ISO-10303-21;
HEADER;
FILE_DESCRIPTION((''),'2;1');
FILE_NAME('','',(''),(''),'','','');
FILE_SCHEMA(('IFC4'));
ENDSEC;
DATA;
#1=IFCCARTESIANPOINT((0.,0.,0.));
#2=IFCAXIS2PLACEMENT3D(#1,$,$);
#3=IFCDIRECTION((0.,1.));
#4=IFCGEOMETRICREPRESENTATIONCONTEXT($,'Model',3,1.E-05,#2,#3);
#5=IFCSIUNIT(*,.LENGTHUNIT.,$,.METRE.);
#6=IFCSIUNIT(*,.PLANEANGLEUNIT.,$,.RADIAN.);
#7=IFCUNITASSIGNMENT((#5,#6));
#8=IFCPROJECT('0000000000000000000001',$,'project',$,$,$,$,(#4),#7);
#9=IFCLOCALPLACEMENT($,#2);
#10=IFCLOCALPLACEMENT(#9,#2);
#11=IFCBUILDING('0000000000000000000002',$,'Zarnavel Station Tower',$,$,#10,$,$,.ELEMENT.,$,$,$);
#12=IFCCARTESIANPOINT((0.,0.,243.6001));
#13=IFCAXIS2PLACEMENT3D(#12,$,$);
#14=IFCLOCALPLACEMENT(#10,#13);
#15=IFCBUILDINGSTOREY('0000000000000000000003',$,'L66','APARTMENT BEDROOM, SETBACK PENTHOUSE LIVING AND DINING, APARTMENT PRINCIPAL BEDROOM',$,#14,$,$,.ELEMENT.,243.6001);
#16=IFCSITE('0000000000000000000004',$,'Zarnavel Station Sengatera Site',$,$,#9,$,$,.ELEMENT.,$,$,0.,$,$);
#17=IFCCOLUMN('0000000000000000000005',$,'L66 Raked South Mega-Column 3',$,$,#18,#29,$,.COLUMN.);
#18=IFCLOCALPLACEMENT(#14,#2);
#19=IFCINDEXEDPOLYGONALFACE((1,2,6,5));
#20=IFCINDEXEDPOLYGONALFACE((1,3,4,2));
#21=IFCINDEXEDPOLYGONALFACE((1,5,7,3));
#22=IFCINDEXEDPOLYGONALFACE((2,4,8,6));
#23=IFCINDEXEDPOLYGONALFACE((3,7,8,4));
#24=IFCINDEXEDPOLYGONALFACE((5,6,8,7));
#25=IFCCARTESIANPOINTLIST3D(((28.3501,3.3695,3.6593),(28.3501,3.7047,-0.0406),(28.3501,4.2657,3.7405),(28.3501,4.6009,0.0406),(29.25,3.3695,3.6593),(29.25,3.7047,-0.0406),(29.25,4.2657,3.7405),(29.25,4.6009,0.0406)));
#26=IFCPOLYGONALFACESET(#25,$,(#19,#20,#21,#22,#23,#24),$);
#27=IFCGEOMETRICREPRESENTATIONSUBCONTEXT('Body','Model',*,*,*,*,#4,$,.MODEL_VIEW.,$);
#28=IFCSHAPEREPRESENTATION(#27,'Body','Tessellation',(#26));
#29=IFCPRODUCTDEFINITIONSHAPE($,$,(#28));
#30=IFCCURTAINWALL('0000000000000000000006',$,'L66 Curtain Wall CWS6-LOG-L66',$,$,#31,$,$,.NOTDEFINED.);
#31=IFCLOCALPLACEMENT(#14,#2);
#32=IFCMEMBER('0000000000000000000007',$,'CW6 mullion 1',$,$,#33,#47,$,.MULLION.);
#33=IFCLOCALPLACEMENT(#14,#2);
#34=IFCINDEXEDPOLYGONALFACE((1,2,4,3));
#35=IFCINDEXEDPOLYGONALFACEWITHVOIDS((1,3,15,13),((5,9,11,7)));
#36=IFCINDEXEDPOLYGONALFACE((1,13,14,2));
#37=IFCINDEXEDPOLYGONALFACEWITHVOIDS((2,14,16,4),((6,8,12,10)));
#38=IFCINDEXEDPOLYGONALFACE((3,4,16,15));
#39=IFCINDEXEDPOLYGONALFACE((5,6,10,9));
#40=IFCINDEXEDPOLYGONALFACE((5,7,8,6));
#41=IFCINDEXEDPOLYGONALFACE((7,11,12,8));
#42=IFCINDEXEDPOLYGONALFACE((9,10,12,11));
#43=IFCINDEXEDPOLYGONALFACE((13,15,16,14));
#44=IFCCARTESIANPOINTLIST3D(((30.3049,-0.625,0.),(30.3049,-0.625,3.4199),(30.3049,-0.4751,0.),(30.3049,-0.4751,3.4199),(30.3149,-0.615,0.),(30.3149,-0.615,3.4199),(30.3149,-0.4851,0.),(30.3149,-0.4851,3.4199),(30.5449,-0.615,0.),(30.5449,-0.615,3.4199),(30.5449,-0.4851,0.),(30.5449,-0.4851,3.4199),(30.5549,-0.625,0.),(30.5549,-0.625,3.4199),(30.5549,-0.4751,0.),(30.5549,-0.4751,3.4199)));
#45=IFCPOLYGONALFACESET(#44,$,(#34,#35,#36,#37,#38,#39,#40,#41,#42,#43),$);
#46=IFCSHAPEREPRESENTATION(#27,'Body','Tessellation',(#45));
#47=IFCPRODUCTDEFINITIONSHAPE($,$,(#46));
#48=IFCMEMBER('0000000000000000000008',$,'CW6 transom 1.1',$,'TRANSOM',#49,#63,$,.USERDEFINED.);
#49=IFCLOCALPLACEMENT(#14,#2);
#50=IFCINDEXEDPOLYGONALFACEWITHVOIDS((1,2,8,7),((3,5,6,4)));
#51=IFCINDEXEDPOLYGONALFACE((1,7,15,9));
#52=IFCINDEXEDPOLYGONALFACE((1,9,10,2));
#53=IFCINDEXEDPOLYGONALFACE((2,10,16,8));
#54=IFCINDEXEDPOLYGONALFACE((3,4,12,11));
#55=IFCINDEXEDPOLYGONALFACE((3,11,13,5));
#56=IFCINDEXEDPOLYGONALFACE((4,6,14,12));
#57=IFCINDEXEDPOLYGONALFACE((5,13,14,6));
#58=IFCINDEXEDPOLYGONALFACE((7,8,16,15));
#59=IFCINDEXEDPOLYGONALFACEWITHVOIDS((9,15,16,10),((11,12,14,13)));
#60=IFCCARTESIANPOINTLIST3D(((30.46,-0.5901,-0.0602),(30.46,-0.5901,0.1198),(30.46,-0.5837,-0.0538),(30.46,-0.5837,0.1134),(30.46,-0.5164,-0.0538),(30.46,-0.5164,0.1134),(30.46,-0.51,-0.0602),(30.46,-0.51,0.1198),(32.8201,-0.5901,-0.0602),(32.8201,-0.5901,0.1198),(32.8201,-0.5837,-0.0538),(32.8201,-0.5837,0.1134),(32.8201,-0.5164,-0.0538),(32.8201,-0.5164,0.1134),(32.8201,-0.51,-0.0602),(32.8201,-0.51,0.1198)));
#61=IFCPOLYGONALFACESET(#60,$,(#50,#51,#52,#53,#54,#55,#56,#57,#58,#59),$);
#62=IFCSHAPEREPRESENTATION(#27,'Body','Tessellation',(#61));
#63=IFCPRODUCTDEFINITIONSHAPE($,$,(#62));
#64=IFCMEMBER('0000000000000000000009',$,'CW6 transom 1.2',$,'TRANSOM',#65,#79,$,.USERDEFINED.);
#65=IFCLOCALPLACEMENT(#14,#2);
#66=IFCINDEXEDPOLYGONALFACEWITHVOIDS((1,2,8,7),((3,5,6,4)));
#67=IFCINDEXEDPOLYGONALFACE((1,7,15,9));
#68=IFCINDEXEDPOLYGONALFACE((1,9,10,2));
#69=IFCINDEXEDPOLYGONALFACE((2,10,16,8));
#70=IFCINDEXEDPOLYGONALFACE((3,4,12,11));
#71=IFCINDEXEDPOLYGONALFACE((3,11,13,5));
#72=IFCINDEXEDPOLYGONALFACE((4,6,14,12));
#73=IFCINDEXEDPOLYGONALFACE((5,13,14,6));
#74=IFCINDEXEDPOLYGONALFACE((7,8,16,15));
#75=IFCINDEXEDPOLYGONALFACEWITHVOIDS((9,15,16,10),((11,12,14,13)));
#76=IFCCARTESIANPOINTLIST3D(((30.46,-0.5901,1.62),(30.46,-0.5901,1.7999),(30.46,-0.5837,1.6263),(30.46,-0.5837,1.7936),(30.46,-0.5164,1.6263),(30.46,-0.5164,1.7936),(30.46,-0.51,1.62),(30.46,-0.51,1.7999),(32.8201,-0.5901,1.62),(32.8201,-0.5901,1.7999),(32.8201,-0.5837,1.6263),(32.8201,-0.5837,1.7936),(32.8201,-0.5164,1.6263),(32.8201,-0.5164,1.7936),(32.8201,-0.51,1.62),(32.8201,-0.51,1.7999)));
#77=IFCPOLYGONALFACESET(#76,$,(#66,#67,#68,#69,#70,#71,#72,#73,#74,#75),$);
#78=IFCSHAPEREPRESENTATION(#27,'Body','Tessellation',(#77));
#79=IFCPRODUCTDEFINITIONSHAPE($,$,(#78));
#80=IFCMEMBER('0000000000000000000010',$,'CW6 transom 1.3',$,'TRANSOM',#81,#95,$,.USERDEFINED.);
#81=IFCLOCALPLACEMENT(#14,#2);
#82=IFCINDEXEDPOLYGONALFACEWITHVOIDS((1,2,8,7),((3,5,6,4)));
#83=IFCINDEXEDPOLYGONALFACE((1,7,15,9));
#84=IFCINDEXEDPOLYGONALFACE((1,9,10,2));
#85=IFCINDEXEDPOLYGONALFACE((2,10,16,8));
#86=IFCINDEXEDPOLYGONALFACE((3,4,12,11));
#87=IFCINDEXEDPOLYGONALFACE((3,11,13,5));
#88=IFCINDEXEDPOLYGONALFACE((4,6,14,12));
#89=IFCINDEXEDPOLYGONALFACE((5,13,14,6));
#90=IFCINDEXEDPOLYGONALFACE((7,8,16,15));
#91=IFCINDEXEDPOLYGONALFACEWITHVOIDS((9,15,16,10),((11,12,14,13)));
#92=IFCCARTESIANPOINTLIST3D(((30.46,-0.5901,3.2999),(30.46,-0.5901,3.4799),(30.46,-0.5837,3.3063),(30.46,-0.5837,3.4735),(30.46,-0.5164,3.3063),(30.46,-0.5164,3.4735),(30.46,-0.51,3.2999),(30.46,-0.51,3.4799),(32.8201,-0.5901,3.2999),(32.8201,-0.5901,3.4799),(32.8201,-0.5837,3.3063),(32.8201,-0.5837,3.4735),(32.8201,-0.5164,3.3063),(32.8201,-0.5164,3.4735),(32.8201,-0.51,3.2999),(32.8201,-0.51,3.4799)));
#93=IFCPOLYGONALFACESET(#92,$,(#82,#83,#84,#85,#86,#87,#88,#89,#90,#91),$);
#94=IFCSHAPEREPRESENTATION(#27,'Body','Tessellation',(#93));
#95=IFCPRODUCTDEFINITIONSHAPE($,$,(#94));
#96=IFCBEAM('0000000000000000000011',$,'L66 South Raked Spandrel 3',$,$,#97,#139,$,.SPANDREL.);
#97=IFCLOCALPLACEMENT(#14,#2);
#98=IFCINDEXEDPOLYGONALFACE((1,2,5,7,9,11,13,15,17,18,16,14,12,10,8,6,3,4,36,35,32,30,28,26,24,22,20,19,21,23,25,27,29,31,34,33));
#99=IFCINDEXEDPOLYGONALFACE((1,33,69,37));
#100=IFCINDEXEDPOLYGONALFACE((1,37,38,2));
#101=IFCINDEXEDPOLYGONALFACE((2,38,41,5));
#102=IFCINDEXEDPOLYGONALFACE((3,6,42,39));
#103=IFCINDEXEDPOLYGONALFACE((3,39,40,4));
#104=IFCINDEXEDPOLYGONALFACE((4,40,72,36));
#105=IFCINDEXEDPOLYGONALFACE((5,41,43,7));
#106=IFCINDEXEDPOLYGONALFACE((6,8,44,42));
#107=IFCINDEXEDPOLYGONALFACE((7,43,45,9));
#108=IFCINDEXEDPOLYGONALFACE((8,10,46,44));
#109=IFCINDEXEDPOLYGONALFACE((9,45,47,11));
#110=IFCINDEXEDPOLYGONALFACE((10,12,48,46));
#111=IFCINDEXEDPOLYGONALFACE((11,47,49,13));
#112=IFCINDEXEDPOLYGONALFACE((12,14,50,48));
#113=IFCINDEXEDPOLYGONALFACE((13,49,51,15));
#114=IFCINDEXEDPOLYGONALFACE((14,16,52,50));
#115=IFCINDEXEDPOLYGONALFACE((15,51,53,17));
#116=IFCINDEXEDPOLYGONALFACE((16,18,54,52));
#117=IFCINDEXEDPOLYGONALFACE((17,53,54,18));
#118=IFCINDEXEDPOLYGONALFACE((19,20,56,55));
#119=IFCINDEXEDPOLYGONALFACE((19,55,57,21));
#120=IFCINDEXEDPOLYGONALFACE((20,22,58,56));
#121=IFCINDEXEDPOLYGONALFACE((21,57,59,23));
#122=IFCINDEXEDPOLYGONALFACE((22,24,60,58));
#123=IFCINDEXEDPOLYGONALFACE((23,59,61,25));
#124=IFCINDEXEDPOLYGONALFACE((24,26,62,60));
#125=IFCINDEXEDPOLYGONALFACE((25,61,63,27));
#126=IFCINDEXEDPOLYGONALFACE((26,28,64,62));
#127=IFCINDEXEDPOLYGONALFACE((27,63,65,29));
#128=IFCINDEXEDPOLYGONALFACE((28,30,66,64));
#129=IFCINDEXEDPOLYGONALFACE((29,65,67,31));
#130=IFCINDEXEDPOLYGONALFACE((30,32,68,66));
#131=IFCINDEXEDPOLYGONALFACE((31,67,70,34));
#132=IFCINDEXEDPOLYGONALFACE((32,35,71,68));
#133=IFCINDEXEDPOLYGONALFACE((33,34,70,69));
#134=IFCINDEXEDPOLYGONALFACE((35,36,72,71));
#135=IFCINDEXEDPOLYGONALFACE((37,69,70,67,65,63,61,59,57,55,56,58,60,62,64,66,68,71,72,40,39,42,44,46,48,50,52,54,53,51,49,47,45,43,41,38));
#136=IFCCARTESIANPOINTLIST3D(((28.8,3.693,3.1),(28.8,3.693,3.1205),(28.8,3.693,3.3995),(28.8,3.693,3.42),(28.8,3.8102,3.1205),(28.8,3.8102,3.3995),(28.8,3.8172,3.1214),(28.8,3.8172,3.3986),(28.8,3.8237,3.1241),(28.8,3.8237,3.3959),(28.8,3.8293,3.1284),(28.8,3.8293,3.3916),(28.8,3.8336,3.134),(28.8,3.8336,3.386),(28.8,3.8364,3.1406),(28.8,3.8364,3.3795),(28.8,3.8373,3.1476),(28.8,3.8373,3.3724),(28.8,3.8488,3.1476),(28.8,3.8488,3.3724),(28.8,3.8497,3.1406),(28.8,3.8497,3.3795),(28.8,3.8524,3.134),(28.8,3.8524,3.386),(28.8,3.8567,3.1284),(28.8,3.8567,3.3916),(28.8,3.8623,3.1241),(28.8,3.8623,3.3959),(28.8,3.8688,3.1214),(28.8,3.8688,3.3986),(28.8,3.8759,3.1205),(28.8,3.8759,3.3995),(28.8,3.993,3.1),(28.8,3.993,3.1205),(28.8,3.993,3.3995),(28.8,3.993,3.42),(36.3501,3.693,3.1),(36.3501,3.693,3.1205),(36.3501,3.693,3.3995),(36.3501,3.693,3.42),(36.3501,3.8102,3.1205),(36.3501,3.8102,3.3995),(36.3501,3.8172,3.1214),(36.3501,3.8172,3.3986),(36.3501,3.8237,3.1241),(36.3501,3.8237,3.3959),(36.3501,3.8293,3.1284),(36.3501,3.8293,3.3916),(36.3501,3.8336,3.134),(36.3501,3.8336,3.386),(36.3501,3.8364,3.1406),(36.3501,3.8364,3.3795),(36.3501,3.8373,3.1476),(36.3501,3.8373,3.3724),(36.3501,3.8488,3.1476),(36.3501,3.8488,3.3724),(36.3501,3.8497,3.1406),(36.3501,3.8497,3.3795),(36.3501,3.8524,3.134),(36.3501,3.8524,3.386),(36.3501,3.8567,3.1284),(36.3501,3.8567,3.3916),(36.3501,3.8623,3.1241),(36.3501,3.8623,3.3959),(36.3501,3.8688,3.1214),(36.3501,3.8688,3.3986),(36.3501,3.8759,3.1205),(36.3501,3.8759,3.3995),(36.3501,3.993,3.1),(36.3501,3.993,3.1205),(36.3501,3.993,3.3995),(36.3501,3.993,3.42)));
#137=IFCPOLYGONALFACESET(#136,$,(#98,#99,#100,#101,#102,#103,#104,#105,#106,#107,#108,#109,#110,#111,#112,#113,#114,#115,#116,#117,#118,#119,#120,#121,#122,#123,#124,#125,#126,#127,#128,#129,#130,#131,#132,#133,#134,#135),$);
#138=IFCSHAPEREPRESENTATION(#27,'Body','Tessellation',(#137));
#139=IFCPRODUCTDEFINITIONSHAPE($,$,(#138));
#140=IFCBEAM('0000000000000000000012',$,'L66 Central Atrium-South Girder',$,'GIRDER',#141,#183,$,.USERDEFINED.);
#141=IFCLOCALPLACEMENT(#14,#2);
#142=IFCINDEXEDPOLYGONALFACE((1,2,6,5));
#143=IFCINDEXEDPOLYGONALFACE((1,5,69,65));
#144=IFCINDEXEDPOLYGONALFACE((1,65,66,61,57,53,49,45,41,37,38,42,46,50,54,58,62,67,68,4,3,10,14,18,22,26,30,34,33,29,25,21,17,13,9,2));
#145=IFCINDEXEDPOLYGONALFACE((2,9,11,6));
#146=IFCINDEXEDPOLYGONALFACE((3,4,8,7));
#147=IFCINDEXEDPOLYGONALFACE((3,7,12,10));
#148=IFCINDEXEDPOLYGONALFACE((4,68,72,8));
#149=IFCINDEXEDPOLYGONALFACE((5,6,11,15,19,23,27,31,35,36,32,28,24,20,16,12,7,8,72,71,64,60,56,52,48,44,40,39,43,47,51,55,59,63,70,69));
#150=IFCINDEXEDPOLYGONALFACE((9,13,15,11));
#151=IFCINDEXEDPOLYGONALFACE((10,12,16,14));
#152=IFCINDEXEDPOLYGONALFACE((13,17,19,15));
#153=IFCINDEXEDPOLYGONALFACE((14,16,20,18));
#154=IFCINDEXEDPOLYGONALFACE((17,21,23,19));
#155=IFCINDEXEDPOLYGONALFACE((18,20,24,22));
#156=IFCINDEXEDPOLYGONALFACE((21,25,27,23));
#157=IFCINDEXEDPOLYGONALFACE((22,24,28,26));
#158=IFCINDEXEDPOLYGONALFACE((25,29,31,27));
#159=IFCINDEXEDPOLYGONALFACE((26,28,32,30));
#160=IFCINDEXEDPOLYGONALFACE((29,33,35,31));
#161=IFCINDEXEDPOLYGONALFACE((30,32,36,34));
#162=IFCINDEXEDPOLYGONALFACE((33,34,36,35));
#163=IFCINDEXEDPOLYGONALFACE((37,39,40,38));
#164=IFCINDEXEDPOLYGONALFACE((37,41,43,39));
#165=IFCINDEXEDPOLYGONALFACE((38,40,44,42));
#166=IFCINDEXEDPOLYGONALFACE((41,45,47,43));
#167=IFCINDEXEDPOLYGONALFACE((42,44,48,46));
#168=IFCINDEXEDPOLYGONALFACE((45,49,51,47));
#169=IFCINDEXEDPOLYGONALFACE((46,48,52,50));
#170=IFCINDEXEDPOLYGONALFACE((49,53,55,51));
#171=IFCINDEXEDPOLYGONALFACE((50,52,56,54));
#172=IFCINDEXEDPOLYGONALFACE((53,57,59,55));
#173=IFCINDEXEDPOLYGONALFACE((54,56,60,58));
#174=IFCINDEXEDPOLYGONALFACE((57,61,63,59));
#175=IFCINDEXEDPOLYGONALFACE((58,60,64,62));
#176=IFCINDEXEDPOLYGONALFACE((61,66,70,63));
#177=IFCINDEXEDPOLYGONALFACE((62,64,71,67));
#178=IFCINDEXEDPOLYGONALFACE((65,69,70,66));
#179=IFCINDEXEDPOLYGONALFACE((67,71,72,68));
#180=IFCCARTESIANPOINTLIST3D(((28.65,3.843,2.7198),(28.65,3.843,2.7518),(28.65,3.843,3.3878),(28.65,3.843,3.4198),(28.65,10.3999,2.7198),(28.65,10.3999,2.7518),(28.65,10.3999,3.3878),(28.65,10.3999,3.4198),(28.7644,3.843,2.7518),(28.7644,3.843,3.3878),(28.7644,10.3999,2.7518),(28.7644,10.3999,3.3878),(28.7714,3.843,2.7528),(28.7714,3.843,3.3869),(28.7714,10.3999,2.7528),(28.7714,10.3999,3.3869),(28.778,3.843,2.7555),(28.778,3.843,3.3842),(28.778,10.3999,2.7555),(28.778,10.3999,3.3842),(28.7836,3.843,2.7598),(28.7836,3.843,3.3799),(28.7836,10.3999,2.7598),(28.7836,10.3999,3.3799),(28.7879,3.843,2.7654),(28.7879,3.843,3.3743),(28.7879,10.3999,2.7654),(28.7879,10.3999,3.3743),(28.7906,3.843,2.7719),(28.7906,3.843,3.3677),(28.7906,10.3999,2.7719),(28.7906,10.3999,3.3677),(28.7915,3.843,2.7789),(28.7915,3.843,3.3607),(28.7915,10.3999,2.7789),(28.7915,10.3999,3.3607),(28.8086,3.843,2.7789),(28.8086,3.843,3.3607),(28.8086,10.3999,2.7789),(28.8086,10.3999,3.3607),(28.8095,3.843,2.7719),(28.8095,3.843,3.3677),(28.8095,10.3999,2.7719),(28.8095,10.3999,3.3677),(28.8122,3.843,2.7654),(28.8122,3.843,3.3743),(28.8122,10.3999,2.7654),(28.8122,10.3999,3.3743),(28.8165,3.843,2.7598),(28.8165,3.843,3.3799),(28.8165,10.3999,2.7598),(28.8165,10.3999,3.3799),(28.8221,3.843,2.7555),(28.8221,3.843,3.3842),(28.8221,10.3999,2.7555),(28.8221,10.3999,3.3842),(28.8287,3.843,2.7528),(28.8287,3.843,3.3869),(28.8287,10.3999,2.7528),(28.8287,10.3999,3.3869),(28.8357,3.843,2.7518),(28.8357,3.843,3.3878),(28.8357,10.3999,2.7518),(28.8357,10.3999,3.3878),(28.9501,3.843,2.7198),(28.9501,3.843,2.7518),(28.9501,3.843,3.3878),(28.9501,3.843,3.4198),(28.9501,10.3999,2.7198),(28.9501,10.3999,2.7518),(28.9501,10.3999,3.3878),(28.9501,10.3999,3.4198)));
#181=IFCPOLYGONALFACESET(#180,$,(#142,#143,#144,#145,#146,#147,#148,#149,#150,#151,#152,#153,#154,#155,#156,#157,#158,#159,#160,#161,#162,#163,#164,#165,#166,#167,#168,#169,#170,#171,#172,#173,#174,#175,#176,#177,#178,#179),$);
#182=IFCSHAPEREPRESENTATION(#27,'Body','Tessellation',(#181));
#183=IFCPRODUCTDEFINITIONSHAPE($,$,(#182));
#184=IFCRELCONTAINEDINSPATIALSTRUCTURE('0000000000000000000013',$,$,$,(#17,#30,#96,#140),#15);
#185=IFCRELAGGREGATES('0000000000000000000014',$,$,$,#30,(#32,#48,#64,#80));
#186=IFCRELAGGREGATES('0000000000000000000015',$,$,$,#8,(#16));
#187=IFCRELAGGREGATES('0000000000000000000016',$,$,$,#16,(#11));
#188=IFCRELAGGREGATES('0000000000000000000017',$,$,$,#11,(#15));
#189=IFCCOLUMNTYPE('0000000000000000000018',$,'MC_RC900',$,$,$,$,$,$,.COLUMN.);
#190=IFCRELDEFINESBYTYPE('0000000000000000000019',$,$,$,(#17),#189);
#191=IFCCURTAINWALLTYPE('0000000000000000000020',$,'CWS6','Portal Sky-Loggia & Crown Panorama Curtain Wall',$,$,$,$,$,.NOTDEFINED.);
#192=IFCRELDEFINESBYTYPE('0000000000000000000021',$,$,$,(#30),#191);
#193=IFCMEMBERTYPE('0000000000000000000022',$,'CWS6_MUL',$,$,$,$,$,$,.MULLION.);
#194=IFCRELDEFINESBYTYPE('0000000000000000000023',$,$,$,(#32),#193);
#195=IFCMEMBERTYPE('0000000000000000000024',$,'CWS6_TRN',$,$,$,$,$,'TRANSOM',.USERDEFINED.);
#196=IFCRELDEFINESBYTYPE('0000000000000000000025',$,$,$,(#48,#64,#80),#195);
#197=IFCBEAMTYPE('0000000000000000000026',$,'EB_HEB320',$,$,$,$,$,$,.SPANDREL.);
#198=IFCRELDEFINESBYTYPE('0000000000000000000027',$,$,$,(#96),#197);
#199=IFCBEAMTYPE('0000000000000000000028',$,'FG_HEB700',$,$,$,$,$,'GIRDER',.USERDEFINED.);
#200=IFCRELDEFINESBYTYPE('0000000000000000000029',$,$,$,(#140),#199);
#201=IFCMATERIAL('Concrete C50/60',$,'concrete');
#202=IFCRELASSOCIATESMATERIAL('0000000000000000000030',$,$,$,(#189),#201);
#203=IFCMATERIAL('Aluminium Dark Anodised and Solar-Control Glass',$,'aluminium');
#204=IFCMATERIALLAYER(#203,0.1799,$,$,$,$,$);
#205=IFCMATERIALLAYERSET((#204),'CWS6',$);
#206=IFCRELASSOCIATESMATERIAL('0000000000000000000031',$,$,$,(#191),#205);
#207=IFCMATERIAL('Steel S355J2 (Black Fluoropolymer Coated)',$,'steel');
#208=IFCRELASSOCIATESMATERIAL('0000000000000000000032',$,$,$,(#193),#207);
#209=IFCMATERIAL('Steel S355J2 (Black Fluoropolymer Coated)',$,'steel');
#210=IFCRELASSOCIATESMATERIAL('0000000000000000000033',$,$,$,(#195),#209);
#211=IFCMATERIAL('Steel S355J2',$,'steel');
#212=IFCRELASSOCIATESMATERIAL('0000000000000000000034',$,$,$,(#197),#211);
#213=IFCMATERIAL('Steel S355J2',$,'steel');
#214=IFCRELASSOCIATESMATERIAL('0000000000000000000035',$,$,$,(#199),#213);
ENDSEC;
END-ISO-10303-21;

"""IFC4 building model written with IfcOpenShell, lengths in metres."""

from ifc_helpers import new_model, si_unit, direction, frame, origin, origin_2d, place, context, subcontext, project, spatial, rectangle, hollow_rectangle, i_section, extrude, material, layer, layer_set, material_profile, profile_set, type_object, element, aggregate, save


model = new_model("IFC4")

# Units and contexts
model_context = context("Model", 3, precision=1e-05, world=origin(), true_north=direction((0.0, 1.0)))
body_context = subcontext(model_context, "Body", "Model", "MODEL_VIEW")
ifc_project = project(units=[si_unit("LENGTHUNIT", "METRE"), si_unit("PLANEANGLEUNIT", "RADIAN")], contexts=[model_context])

# Site, building, storey
site_placement = place(None, origin())
site = spatial("IfcSite", under=ifc_project, at=site_placement, Name="Zarnavel Station Sengatera Site", CompositionType="ELEMENT", RefElevation=0.0)
building_placement = place(site_placement, origin())
building = spatial("IfcBuilding", under=site, at=building_placement, Name="Zarnavel Station Tower", CompositionType="ELEMENT")
storey_placement = place(building_placement, frame((0.0, 0.0, 243.6001)))
storey = spatial("IfcBuildingStorey", under=building, at=storey_placement, Name="L66", Description="APARTMENT BEDROOM, SETBACK PENTHOUSE LIVING AND DINING, APARTMENT PRINCIPAL BEDROOM", CompositionType="ELEMENT", Elevation=243.6001)

# Column
ifc_material_1 = material(Name="Concrete C50/60", Category="concrete")
ifc_material_profile_1 = material_profile(ifc_material_1, rectangle(XDim=0.8999, YDim=0.8999, at=origin_2d()), Name="RC900x900")
ifc_profile_set_1 = profile_set([ifc_material_profile_1], Name="Concrete C50/60")
column_type = type_object("IfcColumnType", Name="MC_RC900", PredefinedType="COLUMN", material=ifc_profile_set_1)
column_placement = place(storey_placement, frame((28.8, 4.1528, 0.0), z_axis=(0.0, -0.090228, 0.995921), x_axis=(1.0, 0.0, 0.0)))
element("IfcColumn", 1, at=column_placement, inside=storey, type_object=column_type, Name="L66 Raked South Mega-Column 3", PredefinedType="COLUMN", context=body_context, shape_type="SweptSolid", body=[
    extrude(rectangle(XDim=0.8999, YDim=0.8999, at=origin_2d()), origin(), (0.0, 0.0, 1.0), 3.7151),
])

# Curtain wall, members
ifc_material_2 = material(Name="Aluminium Dark Anodised and Solar-Control Glass", Category="aluminium")
ifc_layer_1 = layer(ifc_material_2, 0.1799)
ifc_layer_set_1 = layer_set([ifc_layer_1], Name="CWS6")
curtain_wall_type_1 = type_object("IfcCurtainWallType", Name="CWS6", Description="Portal Sky-Loggia & Crown Panorama Curtain Wall", PredefinedType="NOTDEFINED", material=ifc_layer_set_1)
curtain_wall_1_placement = place(storey_placement, origin())
curtain_wall_1 = element("IfcCurtainWall", 2, at=curtain_wall_1_placement, inside=storey, type_object=curtain_wall_type_1, Name="L66 Curtain Wall CWS6-LOG-L66", PredefinedType="NOTDEFINED")
ifc_material_3 = material(Name="Steel S355J2 (Black Fluoropolymer Coated)", Category="steel")
ifc_material_profile_2 = material_profile(ifc_material_3, hollow_rectangle(XDim=0.1499, YDim=0.25, WallThickness=0.01, at=origin_2d()), Name="RHS250x150x10")
ifc_profile_set_2 = profile_set([ifc_material_profile_2], Name="Steel S355J2 (Black Fluoropolymer Coated)")
member_type_1 = type_object("IfcMemberType", Name="CWS6_MUL", PredefinedType="MULLION", material=ifc_profile_set_2)
member_1_placement = place(storey_placement, frame((30.4299, -0.55, 0.0), z_axis=(0.0, 0.0, 1.0), x_axis=(0.0, 1.0, 0.0)))
member_1 = element("IfcMember", 3, at=member_1_placement, type_object=member_type_1, Name="CW6 mullion 1", PredefinedType="MULLION", context=body_context, shape_type="SweptSolid", body=[
    extrude(hollow_rectangle(XDim=0.1499, YDim=0.25, WallThickness=0.01, at=origin_2d()), origin(), (0.0, 0.0, 1.0), 3.4199),
])
ifc_material_4 = material(Name="Steel S355J2 (Black Fluoropolymer Coated)", Category="steel")
ifc_material_profile_3 = material_profile(ifc_material_4, hollow_rectangle(XDim=0.0801, YDim=0.1799, WallThickness=0.0063, at=origin_2d()), Name="RHS180x80x6.3")
ifc_profile_set_3 = profile_set([ifc_material_profile_3], Name="Steel S355J2 (Black Fluoropolymer Coated)")
member_type_2 = type_object("IfcMemberType", Name="CWS6_TRN", ElementType="TRANSOM", PredefinedType="USERDEFINED", material=ifc_profile_set_3)
member_2_placement = place(storey_placement, frame((30.46, -0.55, 0.0298), z_axis=(1.0, 0.0, 0.0), x_axis=(0.0, 1.0, 0.0)))
member_2 = element("IfcMember", 4, at=member_2_placement, type_object=member_type_2, Name="CW6 transom 1.1", ObjectType="TRANSOM", PredefinedType="USERDEFINED", context=body_context, shape_type="SweptSolid", body=[
    extrude(hollow_rectangle(XDim=0.0801, YDim=0.1799, WallThickness=0.0063, at=origin_2d()), origin(), (0.0, 0.0, 1.0), 2.3601),
])
member_3_placement = place(storey_placement, frame((30.46, -0.55, 1.71), z_axis=(1.0, 0.0, 0.0), x_axis=(0.0, 1.0, 0.0)))
member_3 = element("IfcMember", 5, at=member_3_placement, type_object=member_type_2, Name="CW6 transom 1.2", ObjectType="TRANSOM", PredefinedType="USERDEFINED", context=body_context, shape_type="SweptSolid", body=[
    extrude(hollow_rectangle(XDim=0.0801, YDim=0.1799, WallThickness=0.0063, at=origin_2d()), origin(), (0.0, 0.0, 1.0), 2.3601),
])
member_4_placement = place(storey_placement, frame((30.46, -0.55, 3.3899), z_axis=(1.0, 0.0, 0.0), x_axis=(0.0, 1.0, 0.0)))
member_4 = element("IfcMember", 6, at=member_4_placement, type_object=member_type_2, Name="CW6 transom 1.3", ObjectType="TRANSOM", PredefinedType="USERDEFINED", context=body_context, shape_type="SweptSolid", body=[
    extrude(hollow_rectangle(XDim=0.0801, YDim=0.1799, WallThickness=0.0063, at=origin_2d()), origin(), (0.0, 0.0, 1.0), 2.3601),
])

# Beams
ifc_material_5 = material(Name="Steel S355J2", Category="steel")
ifc_material_profile_4 = material_profile(ifc_material_5, i_section(OverallWidth=0.3, OverallDepth=0.3201, WebThickness=0.0115, FlangeThickness=0.0205, FilletRadius=0.0271, at=origin_2d()), Name="HEB320")
ifc_profile_set_4 = profile_set([ifc_material_profile_4], Name="Steel S355J2")
beam_type_1 = type_object("IfcBeamType", Name="EB_HEB320", PredefinedType="SPANDREL", material=ifc_profile_set_4)
beam_1_placement = place(storey_placement, frame((28.8, 3.843, 3.26), z_axis=(1.0, 0.0, 0.0), x_axis=(0.0, 1.0, 0.0)))
element("IfcBeam", 7, at=beam_1_placement, inside=storey, type_object=beam_type_1, Name="L66 South Raked Spandrel 3", PredefinedType="SPANDREL", context=body_context, shape_type="SweptSolid", body=[
    extrude(i_section(OverallWidth=0.3, OverallDepth=0.3201, WebThickness=0.0115, FlangeThickness=0.0205, FilletRadius=0.0271, at=origin_2d()), origin(), (0.0, 0.0, 1.0), 7.55),
])
ifc_material_6 = material(Name="Steel S355J2", Category="steel")
ifc_material_profile_5 = material_profile(ifc_material_6, i_section(OverallWidth=0.3, OverallDepth=0.7, WebThickness=0.0171, FlangeThickness=0.032, FilletRadius=0.0271, at=origin_2d()), Name="HEB700")
ifc_profile_set_5 = profile_set([ifc_material_profile_5], Name="Steel S355J2")
beam_type_2 = type_object("IfcBeamType", Name="FG_HEB700", ElementType="GIRDER", PredefinedType="USERDEFINED", material=ifc_profile_set_5)
beam_2_placement = place(storey_placement, frame((28.8, 3.843, 3.0698), z_axis=(0.0, 1.0, 0.0), x_axis=(-1.0, 0.0, 0.0)))
element("IfcBeam", 8, at=beam_2_placement, inside=storey, type_object=beam_type_2, Name="L66 Central Atrium-South Girder", ObjectType="GIRDER", PredefinedType="USERDEFINED", context=body_context, shape_type="SweptSolid", body=[
    extrude(i_section(OverallWidth=0.3, OverallDepth=0.7, WebThickness=0.0171, FlangeThickness=0.032, FilletRadius=0.0271, at=origin_2d()), origin(), (0.0, 0.0, 1.0), 6.5569),
])

aggregate(curtain_wall_1, [member_1, member_2, member_3, member_4])

save(model, "model.ifc")
